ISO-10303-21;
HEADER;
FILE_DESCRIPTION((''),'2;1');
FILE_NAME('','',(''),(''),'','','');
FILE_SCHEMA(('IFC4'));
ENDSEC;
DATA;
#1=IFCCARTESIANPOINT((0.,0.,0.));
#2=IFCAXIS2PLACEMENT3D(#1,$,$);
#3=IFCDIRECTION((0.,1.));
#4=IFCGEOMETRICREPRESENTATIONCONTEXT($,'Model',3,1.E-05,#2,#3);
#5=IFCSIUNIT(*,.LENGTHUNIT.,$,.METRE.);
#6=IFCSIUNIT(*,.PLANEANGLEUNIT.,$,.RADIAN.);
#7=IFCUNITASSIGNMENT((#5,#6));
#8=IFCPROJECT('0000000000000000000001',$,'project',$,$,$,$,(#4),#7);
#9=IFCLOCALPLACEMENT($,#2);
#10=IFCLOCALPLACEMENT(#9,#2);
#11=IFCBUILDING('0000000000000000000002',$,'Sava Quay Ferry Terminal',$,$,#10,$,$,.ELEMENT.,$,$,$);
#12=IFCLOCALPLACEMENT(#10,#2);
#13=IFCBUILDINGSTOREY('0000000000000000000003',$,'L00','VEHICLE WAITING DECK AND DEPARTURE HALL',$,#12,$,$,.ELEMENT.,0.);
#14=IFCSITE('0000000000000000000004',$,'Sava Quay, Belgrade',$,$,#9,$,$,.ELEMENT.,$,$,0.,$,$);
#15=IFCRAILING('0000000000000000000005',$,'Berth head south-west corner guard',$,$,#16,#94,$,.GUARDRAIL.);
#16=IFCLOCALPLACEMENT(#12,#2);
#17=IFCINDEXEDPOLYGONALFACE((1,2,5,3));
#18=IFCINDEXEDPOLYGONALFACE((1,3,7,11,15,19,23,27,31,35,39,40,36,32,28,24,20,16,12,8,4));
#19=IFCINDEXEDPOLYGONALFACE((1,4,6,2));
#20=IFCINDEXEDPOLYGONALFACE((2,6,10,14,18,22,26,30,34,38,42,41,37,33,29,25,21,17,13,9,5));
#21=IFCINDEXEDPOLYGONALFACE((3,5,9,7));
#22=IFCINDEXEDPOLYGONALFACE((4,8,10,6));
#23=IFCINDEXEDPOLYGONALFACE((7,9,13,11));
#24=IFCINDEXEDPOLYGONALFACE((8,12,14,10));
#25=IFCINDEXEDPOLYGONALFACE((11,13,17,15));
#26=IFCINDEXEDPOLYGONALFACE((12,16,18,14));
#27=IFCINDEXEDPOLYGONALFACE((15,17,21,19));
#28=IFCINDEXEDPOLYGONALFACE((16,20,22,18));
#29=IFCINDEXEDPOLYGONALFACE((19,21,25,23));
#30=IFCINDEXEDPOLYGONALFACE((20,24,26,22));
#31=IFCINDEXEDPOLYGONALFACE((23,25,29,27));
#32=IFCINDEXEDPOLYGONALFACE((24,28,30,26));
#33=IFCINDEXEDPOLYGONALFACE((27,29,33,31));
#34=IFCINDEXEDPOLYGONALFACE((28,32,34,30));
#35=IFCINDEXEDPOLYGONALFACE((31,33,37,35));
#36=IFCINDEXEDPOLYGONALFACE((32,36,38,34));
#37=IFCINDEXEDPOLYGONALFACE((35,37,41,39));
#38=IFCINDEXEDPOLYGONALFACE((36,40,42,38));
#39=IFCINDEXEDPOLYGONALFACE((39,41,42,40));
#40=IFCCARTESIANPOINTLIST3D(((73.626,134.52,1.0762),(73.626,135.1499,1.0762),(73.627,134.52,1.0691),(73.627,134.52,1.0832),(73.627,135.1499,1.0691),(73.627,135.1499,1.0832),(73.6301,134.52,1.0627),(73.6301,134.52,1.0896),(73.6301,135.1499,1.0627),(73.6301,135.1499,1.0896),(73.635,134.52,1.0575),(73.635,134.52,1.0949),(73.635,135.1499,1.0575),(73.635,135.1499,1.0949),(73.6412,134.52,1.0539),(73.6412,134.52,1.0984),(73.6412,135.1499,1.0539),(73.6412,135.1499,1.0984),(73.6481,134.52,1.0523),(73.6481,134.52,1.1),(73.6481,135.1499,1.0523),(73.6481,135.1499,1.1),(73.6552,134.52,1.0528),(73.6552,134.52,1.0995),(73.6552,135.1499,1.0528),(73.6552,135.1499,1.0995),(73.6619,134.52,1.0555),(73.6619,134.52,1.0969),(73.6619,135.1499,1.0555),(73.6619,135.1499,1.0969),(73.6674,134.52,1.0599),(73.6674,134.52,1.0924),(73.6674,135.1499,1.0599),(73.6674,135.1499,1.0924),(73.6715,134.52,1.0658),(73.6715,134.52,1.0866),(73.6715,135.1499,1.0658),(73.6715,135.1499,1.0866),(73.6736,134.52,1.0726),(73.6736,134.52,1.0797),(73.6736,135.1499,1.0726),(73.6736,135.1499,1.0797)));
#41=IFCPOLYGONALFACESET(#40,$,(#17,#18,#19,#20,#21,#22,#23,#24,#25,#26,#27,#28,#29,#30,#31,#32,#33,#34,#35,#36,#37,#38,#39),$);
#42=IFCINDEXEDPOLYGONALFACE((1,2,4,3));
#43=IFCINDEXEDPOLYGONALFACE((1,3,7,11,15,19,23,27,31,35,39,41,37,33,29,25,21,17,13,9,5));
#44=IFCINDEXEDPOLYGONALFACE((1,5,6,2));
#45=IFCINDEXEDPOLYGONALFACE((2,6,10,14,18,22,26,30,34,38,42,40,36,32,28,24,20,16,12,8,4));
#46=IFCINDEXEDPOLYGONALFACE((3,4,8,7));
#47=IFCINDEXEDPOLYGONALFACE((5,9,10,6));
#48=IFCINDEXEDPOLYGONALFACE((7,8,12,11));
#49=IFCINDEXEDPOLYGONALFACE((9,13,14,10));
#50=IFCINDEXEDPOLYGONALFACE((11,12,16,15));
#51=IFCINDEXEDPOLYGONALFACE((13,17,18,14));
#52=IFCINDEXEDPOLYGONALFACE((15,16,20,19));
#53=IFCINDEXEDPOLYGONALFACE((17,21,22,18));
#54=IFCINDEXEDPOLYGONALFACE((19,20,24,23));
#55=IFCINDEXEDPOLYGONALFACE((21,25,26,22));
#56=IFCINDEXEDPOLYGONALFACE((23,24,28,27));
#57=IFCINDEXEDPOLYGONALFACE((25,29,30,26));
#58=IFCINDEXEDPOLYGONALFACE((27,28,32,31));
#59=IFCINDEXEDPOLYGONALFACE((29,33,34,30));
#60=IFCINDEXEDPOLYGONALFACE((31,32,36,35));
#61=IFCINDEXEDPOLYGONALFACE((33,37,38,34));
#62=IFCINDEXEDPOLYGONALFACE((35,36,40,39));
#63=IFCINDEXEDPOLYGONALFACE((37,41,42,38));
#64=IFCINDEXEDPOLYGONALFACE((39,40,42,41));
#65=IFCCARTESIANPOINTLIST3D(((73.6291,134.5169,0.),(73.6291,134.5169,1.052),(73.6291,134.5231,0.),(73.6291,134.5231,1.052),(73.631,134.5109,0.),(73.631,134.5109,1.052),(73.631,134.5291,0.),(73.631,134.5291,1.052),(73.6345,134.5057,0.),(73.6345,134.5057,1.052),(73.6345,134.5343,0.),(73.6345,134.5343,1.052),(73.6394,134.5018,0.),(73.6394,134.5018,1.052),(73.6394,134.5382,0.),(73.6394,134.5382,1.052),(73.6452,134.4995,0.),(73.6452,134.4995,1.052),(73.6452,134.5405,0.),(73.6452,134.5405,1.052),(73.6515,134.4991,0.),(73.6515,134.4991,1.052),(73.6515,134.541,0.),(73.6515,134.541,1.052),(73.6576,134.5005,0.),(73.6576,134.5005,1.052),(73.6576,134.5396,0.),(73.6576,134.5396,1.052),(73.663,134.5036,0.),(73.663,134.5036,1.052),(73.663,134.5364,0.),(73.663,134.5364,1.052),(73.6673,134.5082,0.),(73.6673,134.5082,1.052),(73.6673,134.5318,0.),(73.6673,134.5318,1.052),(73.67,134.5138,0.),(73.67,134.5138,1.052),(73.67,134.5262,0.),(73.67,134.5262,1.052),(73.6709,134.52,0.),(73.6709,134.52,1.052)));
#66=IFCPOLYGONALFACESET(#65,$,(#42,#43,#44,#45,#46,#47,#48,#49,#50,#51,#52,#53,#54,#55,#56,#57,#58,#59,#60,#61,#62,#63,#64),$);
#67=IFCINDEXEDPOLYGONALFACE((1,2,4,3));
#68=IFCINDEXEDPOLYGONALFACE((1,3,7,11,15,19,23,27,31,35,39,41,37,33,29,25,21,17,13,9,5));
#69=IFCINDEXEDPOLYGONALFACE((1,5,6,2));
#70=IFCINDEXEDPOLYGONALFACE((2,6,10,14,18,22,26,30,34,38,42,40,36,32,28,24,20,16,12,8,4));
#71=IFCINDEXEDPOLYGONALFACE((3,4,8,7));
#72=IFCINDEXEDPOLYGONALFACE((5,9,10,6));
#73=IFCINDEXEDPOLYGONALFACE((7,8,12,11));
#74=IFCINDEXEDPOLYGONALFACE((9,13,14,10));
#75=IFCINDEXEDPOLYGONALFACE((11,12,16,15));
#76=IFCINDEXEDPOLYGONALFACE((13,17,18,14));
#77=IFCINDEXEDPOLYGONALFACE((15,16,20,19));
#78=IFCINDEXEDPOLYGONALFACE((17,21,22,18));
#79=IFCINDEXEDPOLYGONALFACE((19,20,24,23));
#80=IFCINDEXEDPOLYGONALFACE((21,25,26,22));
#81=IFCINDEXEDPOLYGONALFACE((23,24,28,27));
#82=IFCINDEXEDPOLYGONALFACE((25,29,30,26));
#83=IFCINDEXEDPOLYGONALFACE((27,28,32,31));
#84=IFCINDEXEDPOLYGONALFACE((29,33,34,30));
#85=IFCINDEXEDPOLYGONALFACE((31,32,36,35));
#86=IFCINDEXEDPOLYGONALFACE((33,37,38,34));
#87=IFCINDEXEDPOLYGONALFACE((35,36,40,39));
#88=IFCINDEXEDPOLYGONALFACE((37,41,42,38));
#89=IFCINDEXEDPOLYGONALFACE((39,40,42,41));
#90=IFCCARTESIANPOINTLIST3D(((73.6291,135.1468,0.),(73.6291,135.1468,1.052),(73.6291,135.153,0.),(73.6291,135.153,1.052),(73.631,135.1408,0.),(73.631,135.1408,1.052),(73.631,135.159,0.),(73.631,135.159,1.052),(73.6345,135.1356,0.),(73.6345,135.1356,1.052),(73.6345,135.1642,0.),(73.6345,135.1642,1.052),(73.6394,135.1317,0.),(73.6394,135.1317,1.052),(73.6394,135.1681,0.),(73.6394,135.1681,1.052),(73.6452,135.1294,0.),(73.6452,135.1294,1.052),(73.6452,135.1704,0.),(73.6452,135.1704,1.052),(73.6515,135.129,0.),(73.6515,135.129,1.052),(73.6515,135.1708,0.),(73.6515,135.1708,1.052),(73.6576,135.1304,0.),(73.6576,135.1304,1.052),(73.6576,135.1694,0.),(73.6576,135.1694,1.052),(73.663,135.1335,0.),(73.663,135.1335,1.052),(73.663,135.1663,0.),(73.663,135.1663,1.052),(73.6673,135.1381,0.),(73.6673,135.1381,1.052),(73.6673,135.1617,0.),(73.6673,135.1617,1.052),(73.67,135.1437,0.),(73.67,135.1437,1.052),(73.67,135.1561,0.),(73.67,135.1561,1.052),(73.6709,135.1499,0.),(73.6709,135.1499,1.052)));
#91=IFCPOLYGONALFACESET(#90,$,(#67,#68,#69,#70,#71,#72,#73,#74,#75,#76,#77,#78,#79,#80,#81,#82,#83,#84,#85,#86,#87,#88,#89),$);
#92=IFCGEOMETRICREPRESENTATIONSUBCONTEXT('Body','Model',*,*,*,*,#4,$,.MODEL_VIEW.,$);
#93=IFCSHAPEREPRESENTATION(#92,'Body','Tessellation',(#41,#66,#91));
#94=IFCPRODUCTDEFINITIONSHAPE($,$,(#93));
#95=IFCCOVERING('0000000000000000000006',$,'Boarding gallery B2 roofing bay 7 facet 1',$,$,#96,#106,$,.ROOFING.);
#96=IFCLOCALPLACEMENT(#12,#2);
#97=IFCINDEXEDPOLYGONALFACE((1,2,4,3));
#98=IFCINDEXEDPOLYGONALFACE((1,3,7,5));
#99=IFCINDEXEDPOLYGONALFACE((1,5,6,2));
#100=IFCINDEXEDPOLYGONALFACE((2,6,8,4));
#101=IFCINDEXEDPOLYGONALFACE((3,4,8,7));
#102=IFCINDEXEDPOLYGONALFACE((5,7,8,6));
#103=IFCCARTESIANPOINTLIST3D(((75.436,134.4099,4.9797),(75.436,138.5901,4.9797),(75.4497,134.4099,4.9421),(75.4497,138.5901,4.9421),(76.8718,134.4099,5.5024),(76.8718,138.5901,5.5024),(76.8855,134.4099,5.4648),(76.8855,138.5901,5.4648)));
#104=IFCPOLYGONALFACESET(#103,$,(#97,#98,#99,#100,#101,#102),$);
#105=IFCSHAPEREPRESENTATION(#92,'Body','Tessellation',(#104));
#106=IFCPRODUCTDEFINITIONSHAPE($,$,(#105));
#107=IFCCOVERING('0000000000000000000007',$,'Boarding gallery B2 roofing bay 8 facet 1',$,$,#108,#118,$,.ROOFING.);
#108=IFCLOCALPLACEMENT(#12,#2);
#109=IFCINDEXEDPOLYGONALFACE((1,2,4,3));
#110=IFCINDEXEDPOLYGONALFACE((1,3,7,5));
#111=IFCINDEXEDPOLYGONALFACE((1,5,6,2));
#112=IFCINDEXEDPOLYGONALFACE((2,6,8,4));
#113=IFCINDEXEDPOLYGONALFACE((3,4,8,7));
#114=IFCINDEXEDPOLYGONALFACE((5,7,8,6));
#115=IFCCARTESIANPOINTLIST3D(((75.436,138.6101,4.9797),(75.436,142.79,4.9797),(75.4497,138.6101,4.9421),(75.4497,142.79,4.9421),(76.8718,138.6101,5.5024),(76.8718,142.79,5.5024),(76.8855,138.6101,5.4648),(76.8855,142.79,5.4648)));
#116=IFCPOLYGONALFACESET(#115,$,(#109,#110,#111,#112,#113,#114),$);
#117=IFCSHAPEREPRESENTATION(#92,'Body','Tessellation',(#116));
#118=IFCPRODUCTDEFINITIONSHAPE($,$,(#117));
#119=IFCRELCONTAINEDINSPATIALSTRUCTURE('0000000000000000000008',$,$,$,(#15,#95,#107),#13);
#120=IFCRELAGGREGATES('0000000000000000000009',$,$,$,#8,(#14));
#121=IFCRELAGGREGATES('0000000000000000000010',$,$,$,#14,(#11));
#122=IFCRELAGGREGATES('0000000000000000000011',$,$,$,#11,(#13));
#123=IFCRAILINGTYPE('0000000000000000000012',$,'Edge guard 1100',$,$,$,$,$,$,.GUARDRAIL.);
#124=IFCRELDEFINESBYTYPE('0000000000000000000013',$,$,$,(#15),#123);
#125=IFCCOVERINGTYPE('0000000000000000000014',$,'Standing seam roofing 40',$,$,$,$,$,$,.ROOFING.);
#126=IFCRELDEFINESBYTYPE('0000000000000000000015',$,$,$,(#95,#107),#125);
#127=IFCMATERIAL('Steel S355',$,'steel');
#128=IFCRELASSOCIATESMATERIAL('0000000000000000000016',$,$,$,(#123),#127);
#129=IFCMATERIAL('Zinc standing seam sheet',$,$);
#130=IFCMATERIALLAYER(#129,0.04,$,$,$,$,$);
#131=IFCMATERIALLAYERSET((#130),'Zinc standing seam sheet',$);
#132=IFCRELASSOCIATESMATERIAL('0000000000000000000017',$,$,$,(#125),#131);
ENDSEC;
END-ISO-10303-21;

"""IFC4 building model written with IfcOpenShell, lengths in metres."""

from ifc_helpers import new_model, si_unit, direction, frame, origin, origin_2d, place, context, subcontext, project, spatial, polyline, circle, outline, extrude, material, layer, layer_set, type_object, element, save


model = new_model("IFC4")

# Units and contexts
model_context = context("Model", 3, precision=1e-05, world=origin(), true_north=direction((0.0, 1.0)))
body_context = subcontext(model_context, "Body", "Model", "MODEL_VIEW")
ifc_project = project(units=[si_unit("LENGTHUNIT", "METRE"), si_unit("PLANEANGLEUNIT", "RADIAN")], contexts=[model_context])

# Site, building, storey
site_placement = place(None, origin())
site = spatial("IfcSite", under=ifc_project, at=site_placement, Name="Sava Quay, Belgrade", CompositionType="ELEMENT", RefElevation=0.0)
building_placement = place(site_placement, origin())
building = spatial("IfcBuilding", under=site, at=building_placement, Name="Sava Quay Ferry Terminal", CompositionType="ELEMENT")
storey_placement = place(building_placement, origin())
storey = spatial("IfcBuildingStorey", under=building, at=storey_placement, Name="L00", Description="VEHICLE WAITING DECK AND DEPARTURE HALL", CompositionType="ELEMENT", Elevation=0.0)

# Railing
ifc_material_1 = material(Name="Steel S355", Category="steel")
railing_type = type_object("IfcRailingType", Name="Edge guard 1100", PredefinedType="GUARDRAIL", material=ifc_material_1)
railing_1_placement = place(storey_placement, frame((73.6499, 134.52, 0.0)))
element("IfcRailing", 1, at=railing_1_placement, inside=storey, type_object=railing_type, Name="Berth head south-west corner guard", PredefinedType="GUARDRAIL", context=body_context, shape_type="SweptSolid", body=[
    extrude(circle(Radius=0.0239, at=origin_2d()), frame((0.0, 0.0, 1.0762), z_axis=(0.0, 1.0, 0.0), x_axis=(-1.0, 0.0, 0.0)), (0.0, 0.0, 1.0), 0.6299),
    extrude(circle(Radius=0.021, at=origin_2d()), origin(), (0.0, 0.0, 1.0), 1.052),
    extrude(circle(Radius=0.021, at=origin_2d()), frame((0.0, 0.6299, 0.0)), (0.0, 0.0, 1.0), 1.052),
])

# Coverings
ifc_material_2 = material(Name="Zinc standing seam sheet")
ifc_layer_1 = layer(ifc_material_2, 0.04)
ifc_layer_set_1 = layer_set([ifc_layer_1], Name="Zinc standing seam sheet")
covering_type = type_object("IfcCoveringType", Name="Standing seam roofing 40", PredefinedType="ROOFING", material=ifc_layer_set_1)
covering_1_placement = place(storey_placement, frame((75.436, 134.4099, 4.9797), z_axis=(-0.342089, 0.0, 0.939667), x_axis=(0.939667, 0.0, 0.342089)))
element("IfcCovering", 2, at=covering_1_placement, inside=storey, type_object=covering_type, Name="Boarding gallery B2 roofing bay 7 facet 1", PredefinedType="ROOFING", context=body_context, shape_type="SweptSolid", body=[
    extrude(outline(polyline([(0.0, 0.0), (1.528, 0.0), (1.528, 4.1802), (0.0, 4.1802), (0.0, 0.0)])), origin(), (0.0, 0.0, -1.0), 0.04),
])
covering_2_placement = place(storey_placement, frame((75.436, 138.6101, 4.9797), z_axis=(-0.342089, 0.0, 0.939667), x_axis=(0.939667, 0.0, 0.342089)))
element("IfcCovering", 3, at=covering_2_placement, inside=storey, type_object=covering_type, Name="Boarding gallery B2 roofing bay 8 facet 1", PredefinedType="ROOFING", context=body_context, shape_type="SweptSolid", body=[
    extrude(outline(polyline([(0.0, 0.0), (1.528, 0.0), (1.528, 4.1799), (0.0, 4.1799), (0.0, 0.0)])), origin(), (0.0, 0.0, -1.0), 0.04),
])

save(model, "model.ifc")
